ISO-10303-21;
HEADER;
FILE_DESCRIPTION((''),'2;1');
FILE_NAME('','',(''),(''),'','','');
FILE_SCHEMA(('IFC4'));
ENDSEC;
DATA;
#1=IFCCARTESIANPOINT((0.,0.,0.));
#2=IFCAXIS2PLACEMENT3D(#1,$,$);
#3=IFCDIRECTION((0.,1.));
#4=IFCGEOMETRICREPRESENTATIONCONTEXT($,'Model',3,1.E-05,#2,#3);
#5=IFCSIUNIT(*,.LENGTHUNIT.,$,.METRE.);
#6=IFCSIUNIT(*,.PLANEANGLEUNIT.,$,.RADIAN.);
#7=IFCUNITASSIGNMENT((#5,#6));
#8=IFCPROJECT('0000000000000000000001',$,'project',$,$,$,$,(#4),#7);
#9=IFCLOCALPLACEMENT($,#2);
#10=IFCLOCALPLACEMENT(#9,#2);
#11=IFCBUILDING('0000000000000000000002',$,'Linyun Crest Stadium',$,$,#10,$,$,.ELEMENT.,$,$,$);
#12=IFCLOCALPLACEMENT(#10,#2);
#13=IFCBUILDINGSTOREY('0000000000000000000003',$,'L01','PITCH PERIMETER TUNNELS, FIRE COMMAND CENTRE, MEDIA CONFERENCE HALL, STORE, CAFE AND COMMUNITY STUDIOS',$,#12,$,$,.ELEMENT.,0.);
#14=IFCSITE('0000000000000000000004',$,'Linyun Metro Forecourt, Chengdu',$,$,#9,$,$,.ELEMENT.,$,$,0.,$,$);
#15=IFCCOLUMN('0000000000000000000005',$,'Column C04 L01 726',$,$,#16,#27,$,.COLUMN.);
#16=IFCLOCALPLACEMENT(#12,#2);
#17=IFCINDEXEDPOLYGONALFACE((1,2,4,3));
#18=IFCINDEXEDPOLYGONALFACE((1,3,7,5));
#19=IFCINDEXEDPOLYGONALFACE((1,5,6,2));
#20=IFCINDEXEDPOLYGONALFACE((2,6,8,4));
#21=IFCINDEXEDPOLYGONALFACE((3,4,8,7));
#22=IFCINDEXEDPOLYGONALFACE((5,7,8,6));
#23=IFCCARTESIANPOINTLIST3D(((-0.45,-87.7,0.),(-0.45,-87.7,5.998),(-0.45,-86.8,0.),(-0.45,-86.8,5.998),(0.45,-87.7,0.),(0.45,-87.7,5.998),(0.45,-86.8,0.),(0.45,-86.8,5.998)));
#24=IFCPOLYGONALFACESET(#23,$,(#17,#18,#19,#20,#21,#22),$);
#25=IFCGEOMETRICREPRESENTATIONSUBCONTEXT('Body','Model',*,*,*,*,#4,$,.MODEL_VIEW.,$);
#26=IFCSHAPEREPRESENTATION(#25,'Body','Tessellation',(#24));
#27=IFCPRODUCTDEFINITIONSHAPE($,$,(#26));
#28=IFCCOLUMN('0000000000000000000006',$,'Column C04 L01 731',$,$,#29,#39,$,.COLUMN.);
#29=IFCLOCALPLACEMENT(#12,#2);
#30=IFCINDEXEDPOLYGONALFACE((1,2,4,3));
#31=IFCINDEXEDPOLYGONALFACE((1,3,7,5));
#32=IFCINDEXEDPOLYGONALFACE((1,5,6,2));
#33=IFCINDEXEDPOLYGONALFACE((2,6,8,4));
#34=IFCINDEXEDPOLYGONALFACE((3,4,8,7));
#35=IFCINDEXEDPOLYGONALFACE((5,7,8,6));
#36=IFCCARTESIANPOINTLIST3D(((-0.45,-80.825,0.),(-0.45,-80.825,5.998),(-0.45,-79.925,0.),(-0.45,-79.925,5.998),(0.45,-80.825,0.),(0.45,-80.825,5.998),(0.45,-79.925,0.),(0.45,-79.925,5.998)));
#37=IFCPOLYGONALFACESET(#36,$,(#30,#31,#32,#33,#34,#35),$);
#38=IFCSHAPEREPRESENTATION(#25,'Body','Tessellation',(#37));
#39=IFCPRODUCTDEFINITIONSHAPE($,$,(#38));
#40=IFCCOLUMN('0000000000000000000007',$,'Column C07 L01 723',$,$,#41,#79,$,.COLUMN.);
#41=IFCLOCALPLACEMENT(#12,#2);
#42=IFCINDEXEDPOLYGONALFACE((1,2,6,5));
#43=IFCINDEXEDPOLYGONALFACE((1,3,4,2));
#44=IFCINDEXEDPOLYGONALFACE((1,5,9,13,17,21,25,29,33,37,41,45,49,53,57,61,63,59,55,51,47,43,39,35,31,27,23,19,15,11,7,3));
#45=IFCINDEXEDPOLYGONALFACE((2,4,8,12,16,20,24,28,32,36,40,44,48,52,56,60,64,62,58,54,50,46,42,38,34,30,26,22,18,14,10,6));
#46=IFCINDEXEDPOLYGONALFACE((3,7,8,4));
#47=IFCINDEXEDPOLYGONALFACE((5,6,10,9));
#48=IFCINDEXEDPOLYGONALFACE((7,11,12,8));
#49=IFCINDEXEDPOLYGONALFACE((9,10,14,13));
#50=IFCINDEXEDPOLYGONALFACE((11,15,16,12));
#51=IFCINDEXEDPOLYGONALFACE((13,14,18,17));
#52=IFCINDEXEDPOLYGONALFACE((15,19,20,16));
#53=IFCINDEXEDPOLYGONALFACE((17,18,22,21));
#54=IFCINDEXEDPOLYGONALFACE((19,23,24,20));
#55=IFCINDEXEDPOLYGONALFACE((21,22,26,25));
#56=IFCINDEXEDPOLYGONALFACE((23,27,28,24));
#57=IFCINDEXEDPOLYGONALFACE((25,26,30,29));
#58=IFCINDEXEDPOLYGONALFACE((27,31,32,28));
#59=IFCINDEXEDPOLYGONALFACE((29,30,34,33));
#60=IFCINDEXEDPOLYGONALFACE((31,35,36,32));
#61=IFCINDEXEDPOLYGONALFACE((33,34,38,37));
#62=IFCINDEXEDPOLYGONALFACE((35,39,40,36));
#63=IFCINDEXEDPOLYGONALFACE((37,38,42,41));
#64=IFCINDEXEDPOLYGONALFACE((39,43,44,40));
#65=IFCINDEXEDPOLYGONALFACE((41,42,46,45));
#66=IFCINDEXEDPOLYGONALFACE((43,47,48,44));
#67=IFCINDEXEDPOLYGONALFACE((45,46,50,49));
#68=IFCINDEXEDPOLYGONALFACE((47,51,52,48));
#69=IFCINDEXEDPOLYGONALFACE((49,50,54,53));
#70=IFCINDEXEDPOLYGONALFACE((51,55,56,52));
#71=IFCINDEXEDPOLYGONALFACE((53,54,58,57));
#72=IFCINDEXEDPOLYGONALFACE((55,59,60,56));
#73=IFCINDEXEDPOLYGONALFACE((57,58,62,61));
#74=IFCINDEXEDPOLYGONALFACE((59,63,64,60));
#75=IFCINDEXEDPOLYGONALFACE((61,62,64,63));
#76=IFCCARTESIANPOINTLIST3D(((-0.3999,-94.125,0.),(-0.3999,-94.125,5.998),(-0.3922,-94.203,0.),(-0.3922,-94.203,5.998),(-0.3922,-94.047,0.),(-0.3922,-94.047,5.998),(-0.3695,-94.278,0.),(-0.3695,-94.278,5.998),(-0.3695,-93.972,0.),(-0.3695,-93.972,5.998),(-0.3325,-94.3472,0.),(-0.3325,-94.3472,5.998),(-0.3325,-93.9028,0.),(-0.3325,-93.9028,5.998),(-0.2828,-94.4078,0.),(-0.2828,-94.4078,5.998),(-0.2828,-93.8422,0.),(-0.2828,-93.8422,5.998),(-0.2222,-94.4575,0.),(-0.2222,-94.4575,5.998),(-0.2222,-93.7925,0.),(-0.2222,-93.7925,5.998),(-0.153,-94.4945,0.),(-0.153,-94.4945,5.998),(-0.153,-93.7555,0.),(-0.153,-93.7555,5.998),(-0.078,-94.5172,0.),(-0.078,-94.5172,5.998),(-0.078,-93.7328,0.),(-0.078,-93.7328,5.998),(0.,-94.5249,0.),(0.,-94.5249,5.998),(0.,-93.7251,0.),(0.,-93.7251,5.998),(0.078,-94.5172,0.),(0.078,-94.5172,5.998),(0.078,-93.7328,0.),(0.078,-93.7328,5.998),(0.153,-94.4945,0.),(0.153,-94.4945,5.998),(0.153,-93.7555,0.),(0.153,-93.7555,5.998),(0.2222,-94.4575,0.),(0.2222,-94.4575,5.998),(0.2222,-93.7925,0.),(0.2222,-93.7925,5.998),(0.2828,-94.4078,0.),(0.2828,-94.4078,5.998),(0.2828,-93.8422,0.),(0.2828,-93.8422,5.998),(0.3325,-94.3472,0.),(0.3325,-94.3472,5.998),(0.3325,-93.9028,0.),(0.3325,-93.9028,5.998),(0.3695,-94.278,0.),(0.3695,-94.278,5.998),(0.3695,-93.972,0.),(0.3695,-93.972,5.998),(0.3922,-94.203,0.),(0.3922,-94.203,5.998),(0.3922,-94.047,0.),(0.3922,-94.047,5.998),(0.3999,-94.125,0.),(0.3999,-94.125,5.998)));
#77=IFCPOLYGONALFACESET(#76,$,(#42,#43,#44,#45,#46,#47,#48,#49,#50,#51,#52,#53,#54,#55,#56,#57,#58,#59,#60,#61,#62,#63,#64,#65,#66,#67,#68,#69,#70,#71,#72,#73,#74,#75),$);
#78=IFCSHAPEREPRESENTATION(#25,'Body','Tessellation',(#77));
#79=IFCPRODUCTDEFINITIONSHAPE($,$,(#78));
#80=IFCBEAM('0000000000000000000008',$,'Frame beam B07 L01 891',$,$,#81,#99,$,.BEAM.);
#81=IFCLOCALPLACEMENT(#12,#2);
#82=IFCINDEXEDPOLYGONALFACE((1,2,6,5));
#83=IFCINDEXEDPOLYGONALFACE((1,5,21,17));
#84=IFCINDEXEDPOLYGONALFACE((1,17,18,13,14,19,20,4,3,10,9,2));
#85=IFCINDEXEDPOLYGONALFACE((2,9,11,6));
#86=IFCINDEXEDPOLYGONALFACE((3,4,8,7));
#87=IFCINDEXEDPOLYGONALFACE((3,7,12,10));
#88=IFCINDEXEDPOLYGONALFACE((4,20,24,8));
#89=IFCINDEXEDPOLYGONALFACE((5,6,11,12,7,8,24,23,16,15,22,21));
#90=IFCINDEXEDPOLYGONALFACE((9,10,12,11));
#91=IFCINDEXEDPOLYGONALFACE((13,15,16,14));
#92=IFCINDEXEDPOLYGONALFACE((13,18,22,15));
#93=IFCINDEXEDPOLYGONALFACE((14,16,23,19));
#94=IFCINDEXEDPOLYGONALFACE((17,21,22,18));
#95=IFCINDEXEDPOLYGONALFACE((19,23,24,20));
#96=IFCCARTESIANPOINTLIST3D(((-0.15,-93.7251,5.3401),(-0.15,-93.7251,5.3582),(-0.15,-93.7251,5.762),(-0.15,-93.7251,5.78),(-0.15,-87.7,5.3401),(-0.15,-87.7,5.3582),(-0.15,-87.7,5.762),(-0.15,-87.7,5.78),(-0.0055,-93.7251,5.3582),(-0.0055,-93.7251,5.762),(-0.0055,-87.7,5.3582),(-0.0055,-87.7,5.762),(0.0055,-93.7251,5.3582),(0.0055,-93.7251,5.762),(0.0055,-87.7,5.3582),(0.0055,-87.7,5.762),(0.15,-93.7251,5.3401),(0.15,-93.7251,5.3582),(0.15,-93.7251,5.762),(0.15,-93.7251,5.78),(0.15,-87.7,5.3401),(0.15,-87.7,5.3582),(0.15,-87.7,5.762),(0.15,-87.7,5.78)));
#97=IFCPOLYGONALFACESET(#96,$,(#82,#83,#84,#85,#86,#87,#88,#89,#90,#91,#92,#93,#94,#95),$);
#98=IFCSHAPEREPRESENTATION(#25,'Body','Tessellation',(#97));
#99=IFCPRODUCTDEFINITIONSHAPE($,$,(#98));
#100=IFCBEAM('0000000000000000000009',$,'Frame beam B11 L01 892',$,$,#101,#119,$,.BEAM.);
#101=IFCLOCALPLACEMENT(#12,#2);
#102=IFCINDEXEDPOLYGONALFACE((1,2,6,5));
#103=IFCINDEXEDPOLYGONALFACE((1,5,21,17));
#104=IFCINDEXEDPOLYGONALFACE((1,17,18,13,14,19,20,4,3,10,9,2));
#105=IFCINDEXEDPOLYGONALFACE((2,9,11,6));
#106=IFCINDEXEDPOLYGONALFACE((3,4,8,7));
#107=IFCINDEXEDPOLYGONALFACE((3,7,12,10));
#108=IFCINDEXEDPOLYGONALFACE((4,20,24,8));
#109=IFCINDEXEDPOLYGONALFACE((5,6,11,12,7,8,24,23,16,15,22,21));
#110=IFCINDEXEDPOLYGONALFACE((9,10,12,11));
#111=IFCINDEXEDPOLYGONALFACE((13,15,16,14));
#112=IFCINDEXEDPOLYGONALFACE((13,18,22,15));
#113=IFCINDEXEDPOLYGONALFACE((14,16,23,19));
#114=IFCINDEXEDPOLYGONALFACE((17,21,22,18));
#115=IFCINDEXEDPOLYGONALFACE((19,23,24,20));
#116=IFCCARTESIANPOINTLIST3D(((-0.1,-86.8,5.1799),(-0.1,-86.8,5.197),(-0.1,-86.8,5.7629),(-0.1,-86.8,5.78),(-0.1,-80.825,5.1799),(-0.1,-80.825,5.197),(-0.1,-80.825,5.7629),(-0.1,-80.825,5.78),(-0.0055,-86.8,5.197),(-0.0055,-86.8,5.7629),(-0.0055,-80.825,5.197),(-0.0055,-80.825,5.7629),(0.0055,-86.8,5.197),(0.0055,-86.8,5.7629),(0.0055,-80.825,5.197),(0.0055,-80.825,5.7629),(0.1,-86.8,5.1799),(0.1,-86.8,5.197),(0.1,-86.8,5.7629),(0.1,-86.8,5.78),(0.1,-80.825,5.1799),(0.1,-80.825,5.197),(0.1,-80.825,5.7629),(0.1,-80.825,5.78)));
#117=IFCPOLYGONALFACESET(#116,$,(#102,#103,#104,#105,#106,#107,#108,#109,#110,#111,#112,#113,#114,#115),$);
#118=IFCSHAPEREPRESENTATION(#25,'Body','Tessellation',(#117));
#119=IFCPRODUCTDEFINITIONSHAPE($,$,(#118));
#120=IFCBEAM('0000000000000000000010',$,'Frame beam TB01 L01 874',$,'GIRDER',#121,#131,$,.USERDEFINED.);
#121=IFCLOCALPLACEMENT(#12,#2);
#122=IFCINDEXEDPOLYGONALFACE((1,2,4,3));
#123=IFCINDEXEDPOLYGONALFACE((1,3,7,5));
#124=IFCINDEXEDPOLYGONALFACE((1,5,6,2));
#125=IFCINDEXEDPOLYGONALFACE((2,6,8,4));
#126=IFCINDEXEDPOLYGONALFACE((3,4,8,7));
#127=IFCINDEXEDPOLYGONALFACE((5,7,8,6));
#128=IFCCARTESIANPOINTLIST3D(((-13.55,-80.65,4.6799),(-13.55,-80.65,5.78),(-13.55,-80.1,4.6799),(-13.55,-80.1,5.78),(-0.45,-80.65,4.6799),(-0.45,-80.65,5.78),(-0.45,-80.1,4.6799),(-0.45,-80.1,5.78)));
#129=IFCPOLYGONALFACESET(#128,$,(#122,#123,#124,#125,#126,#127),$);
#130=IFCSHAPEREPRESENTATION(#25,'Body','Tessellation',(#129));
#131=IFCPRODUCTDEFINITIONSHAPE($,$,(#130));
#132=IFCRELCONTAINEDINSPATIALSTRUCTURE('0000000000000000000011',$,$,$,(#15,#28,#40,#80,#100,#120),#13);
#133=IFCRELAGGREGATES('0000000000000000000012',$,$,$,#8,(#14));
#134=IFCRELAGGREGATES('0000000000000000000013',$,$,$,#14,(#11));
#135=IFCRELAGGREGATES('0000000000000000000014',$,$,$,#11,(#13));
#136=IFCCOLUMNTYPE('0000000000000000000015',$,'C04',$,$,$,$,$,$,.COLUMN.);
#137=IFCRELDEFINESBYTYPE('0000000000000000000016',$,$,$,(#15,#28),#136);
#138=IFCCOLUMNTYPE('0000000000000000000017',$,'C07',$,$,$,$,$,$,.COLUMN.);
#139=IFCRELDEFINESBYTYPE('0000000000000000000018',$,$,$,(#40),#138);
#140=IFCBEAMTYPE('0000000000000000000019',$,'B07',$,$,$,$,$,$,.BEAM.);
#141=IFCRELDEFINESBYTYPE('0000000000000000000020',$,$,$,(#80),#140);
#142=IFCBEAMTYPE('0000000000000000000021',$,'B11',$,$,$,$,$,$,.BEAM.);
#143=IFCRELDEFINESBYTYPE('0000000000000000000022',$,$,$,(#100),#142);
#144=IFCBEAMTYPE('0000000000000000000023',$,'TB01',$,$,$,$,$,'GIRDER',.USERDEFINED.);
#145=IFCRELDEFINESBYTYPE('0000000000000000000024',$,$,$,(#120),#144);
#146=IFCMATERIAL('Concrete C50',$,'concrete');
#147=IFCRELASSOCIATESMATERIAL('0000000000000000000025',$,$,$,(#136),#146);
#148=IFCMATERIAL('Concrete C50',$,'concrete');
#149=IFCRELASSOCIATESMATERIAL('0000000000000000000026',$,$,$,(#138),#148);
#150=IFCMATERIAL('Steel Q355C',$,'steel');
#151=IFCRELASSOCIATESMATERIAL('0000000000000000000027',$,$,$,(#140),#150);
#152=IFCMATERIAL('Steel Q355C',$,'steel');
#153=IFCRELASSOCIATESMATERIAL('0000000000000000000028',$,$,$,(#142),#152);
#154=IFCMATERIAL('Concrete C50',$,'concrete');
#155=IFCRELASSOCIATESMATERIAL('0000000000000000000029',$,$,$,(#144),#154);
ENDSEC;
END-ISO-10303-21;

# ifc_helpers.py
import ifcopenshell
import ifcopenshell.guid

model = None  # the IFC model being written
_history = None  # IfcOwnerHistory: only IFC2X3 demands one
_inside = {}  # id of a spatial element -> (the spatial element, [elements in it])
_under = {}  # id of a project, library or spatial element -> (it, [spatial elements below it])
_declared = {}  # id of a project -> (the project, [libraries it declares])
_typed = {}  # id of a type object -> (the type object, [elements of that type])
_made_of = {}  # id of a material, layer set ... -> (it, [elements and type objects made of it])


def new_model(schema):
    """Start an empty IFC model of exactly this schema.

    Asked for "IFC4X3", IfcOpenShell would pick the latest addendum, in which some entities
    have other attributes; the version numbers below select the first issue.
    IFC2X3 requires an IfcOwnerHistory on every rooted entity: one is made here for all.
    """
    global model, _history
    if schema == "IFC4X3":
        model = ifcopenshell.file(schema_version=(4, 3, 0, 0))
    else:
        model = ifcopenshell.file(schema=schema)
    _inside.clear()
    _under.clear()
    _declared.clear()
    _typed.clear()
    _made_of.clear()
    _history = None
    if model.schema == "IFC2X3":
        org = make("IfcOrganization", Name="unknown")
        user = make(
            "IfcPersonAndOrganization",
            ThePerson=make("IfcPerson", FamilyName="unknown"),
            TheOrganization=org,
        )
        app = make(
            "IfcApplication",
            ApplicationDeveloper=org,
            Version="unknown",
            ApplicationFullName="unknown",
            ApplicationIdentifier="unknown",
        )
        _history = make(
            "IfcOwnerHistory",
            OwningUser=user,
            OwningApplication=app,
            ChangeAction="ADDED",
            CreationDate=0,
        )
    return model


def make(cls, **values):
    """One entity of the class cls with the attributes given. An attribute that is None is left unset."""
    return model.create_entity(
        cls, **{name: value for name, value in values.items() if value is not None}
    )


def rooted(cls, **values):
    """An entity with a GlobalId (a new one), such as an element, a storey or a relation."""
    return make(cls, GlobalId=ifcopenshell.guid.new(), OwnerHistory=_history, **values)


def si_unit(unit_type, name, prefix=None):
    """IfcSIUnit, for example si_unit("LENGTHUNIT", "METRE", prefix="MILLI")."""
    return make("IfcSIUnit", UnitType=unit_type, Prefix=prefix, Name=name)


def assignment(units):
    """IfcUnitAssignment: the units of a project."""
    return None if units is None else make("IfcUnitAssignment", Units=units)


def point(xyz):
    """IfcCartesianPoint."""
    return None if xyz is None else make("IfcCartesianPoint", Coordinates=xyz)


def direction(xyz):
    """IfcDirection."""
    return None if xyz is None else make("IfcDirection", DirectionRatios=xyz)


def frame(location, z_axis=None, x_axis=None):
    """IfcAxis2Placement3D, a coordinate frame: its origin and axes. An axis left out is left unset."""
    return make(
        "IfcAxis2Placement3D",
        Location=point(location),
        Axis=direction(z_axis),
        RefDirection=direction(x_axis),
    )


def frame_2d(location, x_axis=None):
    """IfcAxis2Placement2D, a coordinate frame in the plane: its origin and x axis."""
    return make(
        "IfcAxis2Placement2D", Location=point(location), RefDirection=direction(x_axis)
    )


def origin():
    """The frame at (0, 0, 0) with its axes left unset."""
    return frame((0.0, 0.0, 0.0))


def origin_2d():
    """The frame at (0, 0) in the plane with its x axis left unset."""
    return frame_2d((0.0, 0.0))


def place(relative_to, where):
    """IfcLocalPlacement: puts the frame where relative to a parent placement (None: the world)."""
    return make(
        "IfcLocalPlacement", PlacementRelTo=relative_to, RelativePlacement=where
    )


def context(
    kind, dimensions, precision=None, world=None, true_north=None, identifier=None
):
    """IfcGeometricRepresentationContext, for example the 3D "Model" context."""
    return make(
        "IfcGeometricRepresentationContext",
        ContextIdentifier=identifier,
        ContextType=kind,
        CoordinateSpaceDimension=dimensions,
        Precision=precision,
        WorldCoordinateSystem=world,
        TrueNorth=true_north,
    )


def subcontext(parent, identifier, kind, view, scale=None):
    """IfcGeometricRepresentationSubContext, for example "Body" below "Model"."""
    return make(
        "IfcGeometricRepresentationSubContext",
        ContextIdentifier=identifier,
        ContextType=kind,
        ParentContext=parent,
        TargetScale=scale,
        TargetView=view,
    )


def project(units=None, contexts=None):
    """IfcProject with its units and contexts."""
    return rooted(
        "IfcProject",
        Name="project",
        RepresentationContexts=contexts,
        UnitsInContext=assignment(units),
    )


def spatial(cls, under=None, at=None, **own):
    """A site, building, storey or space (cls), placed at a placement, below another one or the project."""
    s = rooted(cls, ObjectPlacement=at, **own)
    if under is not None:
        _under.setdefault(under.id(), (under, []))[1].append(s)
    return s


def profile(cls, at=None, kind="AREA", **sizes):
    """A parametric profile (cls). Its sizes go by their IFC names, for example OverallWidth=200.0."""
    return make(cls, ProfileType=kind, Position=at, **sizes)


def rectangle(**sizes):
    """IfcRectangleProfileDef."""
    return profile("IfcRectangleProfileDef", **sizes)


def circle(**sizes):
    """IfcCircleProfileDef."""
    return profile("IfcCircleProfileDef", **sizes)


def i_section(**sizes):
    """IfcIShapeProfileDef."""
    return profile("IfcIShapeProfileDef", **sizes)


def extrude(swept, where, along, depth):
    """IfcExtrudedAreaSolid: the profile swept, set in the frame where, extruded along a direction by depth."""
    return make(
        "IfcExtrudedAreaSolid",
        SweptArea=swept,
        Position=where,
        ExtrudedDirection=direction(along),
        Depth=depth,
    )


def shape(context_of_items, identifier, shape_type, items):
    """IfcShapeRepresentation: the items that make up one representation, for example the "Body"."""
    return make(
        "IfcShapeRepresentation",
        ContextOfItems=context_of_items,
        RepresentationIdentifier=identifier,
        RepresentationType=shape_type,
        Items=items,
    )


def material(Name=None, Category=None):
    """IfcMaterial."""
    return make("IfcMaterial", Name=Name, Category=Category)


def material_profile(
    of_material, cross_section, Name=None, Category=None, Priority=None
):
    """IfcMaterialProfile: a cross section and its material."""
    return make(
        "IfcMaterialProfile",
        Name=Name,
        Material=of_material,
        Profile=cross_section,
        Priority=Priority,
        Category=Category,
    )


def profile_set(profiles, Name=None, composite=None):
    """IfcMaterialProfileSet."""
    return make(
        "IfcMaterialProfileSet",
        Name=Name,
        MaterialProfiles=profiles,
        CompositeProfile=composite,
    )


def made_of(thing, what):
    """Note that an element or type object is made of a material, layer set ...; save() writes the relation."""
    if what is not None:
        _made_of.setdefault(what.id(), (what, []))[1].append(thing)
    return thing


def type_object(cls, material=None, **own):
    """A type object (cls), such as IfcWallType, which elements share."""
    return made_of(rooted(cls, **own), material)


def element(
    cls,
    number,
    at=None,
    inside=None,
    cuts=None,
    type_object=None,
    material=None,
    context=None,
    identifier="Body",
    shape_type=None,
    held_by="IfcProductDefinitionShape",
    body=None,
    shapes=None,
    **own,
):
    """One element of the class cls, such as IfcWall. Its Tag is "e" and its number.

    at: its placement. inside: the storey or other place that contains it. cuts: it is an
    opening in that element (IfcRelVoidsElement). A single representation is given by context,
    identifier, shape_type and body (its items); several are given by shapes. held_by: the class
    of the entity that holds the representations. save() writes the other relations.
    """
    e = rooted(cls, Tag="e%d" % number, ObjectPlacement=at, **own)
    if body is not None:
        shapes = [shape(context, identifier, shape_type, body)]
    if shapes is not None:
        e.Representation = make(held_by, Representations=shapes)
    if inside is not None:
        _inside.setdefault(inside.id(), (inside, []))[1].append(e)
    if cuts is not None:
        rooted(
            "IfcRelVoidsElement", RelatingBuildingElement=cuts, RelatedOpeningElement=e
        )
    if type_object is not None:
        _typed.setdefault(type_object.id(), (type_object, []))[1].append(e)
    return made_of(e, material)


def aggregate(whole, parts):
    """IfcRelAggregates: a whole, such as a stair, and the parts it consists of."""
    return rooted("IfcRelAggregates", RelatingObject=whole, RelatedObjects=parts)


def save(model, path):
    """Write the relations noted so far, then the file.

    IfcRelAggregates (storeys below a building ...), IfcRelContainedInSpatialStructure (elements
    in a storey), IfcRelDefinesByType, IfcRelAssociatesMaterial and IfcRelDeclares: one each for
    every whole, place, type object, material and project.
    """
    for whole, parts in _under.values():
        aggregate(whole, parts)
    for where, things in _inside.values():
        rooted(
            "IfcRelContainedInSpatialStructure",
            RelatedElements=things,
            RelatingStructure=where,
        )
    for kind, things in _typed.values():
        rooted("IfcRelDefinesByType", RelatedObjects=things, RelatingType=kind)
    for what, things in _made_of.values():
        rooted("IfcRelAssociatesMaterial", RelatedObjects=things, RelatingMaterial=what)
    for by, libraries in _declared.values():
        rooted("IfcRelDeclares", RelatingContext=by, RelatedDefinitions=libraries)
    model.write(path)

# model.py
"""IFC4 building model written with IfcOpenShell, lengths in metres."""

from ifc_helpers import new_model, si_unit, direction, frame, origin, origin_2d, place, context, subcontext, project, spatial, rectangle, circle, i_section, extrude, material, material_profile, profile_set, type_object, element, save


model = new_model("IFC4")

# Units and contexts
model_context = context("Model", 3, precision=1e-05, world=origin(), true_north=direction((0.0, 1.0)))
body_context = subcontext(model_context, "Body", "Model", "MODEL_VIEW")
ifc_project = project(units=[si_unit("LENGTHUNIT", "METRE"), si_unit("PLANEANGLEUNIT", "RADIAN")], contexts=[model_context])

# Site, building, storey
site_placement = place(None, origin())
site = spatial("IfcSite", under=ifc_project, at=site_placement, Name="Linyun Metro Forecourt, Chengdu", CompositionType="ELEMENT", RefElevation=0.0)
building_placement = place(site_placement, origin())
building = spatial("IfcBuilding", under=site, at=building_placement, Name="Linyun Crest Stadium", CompositionType="ELEMENT")
storey_placement = place(building_placement, origin())
storey = spatial("IfcBuildingStorey", under=building, at=storey_placement, Name="L01", Description="PITCH PERIMETER TUNNELS, FIRE COMMAND CENTRE, MEDIA CONFERENCE HALL, STORE, CAFE AND COMMUNITY STUDIOS", CompositionType="ELEMENT", Elevation=0.0)

# Columns
ifc_material_1 = material(Name="Concrete C50", Category="concrete")
ifc_material_profile_1 = material_profile(ifc_material_1, rectangle(XDim=0.8999, YDim=0.8999, at=origin_2d()), Name="RC 900x900")
ifc_profile_set_1 = profile_set([ifc_material_profile_1], Name="Concrete C50")
column_type_1 = type_object("IfcColumnType", Name="C04", PredefinedType="COLUMN", material=ifc_profile_set_1)
for number, where, z_axis, x_axis, name in (
    (1, (0.0, -87.25, 0.0), (0.0, 0.0, 1.0), (1.0, 0.0, 0.0), "Column C04 L01 726"),
    (2, (0.0, -80.375, 0.0), (0.0, 0.0, 1.0), (1.0, 0.0, 0.0), "Column C04 L01 731"),
):
    element("IfcColumn", number, at=place(storey_placement, frame(where, z_axis=z_axis, x_axis=x_axis)), inside=storey, type_object=column_type_1, Name=name, PredefinedType="COLUMN", context=body_context, shape_type="SweptSolid", body=[
        extrude(rectangle(XDim=0.8999, YDim=0.8999, at=origin_2d()), origin(), (0.0, 0.0, 1.0), 5.998),
    ])
ifc_material_2 = material(Name="Concrete C50", Category="concrete")
ifc_material_profile_2 = material_profile(ifc_material_2, circle(Radius=0.3999, at=origin_2d()), Name="RC D800")
ifc_profile_set_2 = profile_set([ifc_material_profile_2], Name="Concrete C50")
column_type_2 = type_object("IfcColumnType", Name="C07", PredefinedType="COLUMN", material=ifc_profile_set_2)
column_placement = place(storey_placement, frame((0.0, -94.125, 0.0), z_axis=(0.0, 0.0, 1.0), x_axis=(1.0, 0.0, 0.0)))
element("IfcColumn", 3, at=column_placement, inside=storey, type_object=column_type_2, Name="Column C07 L01 723", PredefinedType="COLUMN", context=body_context, shape_type="SweptSolid", body=[
    extrude(circle(Radius=0.3999, at=origin_2d()), origin(), (0.0, 0.0, 1.0), 5.998),
])

# Beams
ifc_material_3 = material(Name="Steel Q355C", Category="steel")
ifc_material_profile_3 = material_profile(ifc_material_3, i_section(OverallWidth=0.3, OverallDepth=0.4399, WebThickness=0.011, FlangeThickness=0.0181, at=origin_2d()), Name="HM 440x300")
ifc_profile_set_3 = profile_set([ifc_material_profile_3], Name="Steel Q355C")
beam_type_1 = type_object("IfcBeamType", Name="B07", PredefinedType="BEAM", material=ifc_profile_set_3)
beam_1_placement = place(storey_placement, frame((0.0, -93.7251, 5.5601), z_axis=(0.0, 1.0, 0.0), x_axis=(-1.0, 0.0, 0.0)))
element("IfcBeam", 4, at=beam_1_placement, inside=storey, type_object=beam_type_1, Name="Frame beam B07 L01 891", PredefinedType="BEAM", context=body_context, shape_type="SweptSolid", body=[
    extrude(i_section(OverallWidth=0.3, OverallDepth=0.4399, WebThickness=0.011, FlangeThickness=0.0181, at=origin_2d()), origin(), (0.0, 0.0, 1.0), 6.0251),
])
ifc_material_4 = material(Name="Steel Q355C", Category="steel")
ifc_material_profile_4 = material_profile(ifc_material_4, i_section(OverallWidth=0.2, OverallDepth=0.6001, WebThickness=0.011, FlangeThickness=0.0171, at=origin_2d()), Name="HN 600x200")
ifc_profile_set_4 = profile_set([ifc_material_profile_4], Name="Steel Q355C")
beam_type_2 = type_object("IfcBeamType", Name="B11", PredefinedType="BEAM", material=ifc_profile_set_4)
beam_2_placement = place(storey_placement, frame((0.0, -86.8, 5.48), z_axis=(0.0, 1.0, 0.0), x_axis=(-1.0, 0.0, 0.0)))
element("IfcBeam", 5, at=beam_2_placement, inside=storey, type_object=beam_type_2, Name="Frame beam B11 L01 892", PredefinedType="BEAM", context=body_context, shape_type="SweptSolid", body=[
    extrude(i_section(OverallWidth=0.2, OverallDepth=0.6001, WebThickness=0.011, FlangeThickness=0.0171, at=origin_2d()), origin(), (0.0, 0.0, 1.0), 5.9751),
])
ifc_material_5 = material(Name="Concrete C50", Category="concrete")
ifc_material_profile_5 = material_profile(ifc_material_5, rectangle(XDim=0.55, YDim=1.1001, at=origin_2d()), Name="RCB 1100x550")
ifc_profile_set_5 = profile_set([ifc_material_profile_5], Name="Concrete C50")
beam_type_3 = type_object("IfcBeamType", Name="TB01", ElementType="GIRDER", PredefinedType="USERDEFINED", material=ifc_profile_set_5)
beam_3_placement = place(storey_placement, frame((-13.55, -80.375, 5.23), z_axis=(1.0, 0.0, 0.0), x_axis=(0.0, 1.0, 0.0)))
element("IfcBeam", 6, at=beam_3_placement, inside=storey, type_object=beam_type_3, Name="Frame beam TB01 L01 874", ObjectType="GIRDER", PredefinedType="USERDEFINED", context=body_context, shape_type="SweptSolid", body=[
    extrude(rectangle(XDim=0.55, YDim=1.1001, at=origin_2d()), origin(), (0.0, 0.0, 1.0), 13.1001),
])

save(model, "model.ifc")
